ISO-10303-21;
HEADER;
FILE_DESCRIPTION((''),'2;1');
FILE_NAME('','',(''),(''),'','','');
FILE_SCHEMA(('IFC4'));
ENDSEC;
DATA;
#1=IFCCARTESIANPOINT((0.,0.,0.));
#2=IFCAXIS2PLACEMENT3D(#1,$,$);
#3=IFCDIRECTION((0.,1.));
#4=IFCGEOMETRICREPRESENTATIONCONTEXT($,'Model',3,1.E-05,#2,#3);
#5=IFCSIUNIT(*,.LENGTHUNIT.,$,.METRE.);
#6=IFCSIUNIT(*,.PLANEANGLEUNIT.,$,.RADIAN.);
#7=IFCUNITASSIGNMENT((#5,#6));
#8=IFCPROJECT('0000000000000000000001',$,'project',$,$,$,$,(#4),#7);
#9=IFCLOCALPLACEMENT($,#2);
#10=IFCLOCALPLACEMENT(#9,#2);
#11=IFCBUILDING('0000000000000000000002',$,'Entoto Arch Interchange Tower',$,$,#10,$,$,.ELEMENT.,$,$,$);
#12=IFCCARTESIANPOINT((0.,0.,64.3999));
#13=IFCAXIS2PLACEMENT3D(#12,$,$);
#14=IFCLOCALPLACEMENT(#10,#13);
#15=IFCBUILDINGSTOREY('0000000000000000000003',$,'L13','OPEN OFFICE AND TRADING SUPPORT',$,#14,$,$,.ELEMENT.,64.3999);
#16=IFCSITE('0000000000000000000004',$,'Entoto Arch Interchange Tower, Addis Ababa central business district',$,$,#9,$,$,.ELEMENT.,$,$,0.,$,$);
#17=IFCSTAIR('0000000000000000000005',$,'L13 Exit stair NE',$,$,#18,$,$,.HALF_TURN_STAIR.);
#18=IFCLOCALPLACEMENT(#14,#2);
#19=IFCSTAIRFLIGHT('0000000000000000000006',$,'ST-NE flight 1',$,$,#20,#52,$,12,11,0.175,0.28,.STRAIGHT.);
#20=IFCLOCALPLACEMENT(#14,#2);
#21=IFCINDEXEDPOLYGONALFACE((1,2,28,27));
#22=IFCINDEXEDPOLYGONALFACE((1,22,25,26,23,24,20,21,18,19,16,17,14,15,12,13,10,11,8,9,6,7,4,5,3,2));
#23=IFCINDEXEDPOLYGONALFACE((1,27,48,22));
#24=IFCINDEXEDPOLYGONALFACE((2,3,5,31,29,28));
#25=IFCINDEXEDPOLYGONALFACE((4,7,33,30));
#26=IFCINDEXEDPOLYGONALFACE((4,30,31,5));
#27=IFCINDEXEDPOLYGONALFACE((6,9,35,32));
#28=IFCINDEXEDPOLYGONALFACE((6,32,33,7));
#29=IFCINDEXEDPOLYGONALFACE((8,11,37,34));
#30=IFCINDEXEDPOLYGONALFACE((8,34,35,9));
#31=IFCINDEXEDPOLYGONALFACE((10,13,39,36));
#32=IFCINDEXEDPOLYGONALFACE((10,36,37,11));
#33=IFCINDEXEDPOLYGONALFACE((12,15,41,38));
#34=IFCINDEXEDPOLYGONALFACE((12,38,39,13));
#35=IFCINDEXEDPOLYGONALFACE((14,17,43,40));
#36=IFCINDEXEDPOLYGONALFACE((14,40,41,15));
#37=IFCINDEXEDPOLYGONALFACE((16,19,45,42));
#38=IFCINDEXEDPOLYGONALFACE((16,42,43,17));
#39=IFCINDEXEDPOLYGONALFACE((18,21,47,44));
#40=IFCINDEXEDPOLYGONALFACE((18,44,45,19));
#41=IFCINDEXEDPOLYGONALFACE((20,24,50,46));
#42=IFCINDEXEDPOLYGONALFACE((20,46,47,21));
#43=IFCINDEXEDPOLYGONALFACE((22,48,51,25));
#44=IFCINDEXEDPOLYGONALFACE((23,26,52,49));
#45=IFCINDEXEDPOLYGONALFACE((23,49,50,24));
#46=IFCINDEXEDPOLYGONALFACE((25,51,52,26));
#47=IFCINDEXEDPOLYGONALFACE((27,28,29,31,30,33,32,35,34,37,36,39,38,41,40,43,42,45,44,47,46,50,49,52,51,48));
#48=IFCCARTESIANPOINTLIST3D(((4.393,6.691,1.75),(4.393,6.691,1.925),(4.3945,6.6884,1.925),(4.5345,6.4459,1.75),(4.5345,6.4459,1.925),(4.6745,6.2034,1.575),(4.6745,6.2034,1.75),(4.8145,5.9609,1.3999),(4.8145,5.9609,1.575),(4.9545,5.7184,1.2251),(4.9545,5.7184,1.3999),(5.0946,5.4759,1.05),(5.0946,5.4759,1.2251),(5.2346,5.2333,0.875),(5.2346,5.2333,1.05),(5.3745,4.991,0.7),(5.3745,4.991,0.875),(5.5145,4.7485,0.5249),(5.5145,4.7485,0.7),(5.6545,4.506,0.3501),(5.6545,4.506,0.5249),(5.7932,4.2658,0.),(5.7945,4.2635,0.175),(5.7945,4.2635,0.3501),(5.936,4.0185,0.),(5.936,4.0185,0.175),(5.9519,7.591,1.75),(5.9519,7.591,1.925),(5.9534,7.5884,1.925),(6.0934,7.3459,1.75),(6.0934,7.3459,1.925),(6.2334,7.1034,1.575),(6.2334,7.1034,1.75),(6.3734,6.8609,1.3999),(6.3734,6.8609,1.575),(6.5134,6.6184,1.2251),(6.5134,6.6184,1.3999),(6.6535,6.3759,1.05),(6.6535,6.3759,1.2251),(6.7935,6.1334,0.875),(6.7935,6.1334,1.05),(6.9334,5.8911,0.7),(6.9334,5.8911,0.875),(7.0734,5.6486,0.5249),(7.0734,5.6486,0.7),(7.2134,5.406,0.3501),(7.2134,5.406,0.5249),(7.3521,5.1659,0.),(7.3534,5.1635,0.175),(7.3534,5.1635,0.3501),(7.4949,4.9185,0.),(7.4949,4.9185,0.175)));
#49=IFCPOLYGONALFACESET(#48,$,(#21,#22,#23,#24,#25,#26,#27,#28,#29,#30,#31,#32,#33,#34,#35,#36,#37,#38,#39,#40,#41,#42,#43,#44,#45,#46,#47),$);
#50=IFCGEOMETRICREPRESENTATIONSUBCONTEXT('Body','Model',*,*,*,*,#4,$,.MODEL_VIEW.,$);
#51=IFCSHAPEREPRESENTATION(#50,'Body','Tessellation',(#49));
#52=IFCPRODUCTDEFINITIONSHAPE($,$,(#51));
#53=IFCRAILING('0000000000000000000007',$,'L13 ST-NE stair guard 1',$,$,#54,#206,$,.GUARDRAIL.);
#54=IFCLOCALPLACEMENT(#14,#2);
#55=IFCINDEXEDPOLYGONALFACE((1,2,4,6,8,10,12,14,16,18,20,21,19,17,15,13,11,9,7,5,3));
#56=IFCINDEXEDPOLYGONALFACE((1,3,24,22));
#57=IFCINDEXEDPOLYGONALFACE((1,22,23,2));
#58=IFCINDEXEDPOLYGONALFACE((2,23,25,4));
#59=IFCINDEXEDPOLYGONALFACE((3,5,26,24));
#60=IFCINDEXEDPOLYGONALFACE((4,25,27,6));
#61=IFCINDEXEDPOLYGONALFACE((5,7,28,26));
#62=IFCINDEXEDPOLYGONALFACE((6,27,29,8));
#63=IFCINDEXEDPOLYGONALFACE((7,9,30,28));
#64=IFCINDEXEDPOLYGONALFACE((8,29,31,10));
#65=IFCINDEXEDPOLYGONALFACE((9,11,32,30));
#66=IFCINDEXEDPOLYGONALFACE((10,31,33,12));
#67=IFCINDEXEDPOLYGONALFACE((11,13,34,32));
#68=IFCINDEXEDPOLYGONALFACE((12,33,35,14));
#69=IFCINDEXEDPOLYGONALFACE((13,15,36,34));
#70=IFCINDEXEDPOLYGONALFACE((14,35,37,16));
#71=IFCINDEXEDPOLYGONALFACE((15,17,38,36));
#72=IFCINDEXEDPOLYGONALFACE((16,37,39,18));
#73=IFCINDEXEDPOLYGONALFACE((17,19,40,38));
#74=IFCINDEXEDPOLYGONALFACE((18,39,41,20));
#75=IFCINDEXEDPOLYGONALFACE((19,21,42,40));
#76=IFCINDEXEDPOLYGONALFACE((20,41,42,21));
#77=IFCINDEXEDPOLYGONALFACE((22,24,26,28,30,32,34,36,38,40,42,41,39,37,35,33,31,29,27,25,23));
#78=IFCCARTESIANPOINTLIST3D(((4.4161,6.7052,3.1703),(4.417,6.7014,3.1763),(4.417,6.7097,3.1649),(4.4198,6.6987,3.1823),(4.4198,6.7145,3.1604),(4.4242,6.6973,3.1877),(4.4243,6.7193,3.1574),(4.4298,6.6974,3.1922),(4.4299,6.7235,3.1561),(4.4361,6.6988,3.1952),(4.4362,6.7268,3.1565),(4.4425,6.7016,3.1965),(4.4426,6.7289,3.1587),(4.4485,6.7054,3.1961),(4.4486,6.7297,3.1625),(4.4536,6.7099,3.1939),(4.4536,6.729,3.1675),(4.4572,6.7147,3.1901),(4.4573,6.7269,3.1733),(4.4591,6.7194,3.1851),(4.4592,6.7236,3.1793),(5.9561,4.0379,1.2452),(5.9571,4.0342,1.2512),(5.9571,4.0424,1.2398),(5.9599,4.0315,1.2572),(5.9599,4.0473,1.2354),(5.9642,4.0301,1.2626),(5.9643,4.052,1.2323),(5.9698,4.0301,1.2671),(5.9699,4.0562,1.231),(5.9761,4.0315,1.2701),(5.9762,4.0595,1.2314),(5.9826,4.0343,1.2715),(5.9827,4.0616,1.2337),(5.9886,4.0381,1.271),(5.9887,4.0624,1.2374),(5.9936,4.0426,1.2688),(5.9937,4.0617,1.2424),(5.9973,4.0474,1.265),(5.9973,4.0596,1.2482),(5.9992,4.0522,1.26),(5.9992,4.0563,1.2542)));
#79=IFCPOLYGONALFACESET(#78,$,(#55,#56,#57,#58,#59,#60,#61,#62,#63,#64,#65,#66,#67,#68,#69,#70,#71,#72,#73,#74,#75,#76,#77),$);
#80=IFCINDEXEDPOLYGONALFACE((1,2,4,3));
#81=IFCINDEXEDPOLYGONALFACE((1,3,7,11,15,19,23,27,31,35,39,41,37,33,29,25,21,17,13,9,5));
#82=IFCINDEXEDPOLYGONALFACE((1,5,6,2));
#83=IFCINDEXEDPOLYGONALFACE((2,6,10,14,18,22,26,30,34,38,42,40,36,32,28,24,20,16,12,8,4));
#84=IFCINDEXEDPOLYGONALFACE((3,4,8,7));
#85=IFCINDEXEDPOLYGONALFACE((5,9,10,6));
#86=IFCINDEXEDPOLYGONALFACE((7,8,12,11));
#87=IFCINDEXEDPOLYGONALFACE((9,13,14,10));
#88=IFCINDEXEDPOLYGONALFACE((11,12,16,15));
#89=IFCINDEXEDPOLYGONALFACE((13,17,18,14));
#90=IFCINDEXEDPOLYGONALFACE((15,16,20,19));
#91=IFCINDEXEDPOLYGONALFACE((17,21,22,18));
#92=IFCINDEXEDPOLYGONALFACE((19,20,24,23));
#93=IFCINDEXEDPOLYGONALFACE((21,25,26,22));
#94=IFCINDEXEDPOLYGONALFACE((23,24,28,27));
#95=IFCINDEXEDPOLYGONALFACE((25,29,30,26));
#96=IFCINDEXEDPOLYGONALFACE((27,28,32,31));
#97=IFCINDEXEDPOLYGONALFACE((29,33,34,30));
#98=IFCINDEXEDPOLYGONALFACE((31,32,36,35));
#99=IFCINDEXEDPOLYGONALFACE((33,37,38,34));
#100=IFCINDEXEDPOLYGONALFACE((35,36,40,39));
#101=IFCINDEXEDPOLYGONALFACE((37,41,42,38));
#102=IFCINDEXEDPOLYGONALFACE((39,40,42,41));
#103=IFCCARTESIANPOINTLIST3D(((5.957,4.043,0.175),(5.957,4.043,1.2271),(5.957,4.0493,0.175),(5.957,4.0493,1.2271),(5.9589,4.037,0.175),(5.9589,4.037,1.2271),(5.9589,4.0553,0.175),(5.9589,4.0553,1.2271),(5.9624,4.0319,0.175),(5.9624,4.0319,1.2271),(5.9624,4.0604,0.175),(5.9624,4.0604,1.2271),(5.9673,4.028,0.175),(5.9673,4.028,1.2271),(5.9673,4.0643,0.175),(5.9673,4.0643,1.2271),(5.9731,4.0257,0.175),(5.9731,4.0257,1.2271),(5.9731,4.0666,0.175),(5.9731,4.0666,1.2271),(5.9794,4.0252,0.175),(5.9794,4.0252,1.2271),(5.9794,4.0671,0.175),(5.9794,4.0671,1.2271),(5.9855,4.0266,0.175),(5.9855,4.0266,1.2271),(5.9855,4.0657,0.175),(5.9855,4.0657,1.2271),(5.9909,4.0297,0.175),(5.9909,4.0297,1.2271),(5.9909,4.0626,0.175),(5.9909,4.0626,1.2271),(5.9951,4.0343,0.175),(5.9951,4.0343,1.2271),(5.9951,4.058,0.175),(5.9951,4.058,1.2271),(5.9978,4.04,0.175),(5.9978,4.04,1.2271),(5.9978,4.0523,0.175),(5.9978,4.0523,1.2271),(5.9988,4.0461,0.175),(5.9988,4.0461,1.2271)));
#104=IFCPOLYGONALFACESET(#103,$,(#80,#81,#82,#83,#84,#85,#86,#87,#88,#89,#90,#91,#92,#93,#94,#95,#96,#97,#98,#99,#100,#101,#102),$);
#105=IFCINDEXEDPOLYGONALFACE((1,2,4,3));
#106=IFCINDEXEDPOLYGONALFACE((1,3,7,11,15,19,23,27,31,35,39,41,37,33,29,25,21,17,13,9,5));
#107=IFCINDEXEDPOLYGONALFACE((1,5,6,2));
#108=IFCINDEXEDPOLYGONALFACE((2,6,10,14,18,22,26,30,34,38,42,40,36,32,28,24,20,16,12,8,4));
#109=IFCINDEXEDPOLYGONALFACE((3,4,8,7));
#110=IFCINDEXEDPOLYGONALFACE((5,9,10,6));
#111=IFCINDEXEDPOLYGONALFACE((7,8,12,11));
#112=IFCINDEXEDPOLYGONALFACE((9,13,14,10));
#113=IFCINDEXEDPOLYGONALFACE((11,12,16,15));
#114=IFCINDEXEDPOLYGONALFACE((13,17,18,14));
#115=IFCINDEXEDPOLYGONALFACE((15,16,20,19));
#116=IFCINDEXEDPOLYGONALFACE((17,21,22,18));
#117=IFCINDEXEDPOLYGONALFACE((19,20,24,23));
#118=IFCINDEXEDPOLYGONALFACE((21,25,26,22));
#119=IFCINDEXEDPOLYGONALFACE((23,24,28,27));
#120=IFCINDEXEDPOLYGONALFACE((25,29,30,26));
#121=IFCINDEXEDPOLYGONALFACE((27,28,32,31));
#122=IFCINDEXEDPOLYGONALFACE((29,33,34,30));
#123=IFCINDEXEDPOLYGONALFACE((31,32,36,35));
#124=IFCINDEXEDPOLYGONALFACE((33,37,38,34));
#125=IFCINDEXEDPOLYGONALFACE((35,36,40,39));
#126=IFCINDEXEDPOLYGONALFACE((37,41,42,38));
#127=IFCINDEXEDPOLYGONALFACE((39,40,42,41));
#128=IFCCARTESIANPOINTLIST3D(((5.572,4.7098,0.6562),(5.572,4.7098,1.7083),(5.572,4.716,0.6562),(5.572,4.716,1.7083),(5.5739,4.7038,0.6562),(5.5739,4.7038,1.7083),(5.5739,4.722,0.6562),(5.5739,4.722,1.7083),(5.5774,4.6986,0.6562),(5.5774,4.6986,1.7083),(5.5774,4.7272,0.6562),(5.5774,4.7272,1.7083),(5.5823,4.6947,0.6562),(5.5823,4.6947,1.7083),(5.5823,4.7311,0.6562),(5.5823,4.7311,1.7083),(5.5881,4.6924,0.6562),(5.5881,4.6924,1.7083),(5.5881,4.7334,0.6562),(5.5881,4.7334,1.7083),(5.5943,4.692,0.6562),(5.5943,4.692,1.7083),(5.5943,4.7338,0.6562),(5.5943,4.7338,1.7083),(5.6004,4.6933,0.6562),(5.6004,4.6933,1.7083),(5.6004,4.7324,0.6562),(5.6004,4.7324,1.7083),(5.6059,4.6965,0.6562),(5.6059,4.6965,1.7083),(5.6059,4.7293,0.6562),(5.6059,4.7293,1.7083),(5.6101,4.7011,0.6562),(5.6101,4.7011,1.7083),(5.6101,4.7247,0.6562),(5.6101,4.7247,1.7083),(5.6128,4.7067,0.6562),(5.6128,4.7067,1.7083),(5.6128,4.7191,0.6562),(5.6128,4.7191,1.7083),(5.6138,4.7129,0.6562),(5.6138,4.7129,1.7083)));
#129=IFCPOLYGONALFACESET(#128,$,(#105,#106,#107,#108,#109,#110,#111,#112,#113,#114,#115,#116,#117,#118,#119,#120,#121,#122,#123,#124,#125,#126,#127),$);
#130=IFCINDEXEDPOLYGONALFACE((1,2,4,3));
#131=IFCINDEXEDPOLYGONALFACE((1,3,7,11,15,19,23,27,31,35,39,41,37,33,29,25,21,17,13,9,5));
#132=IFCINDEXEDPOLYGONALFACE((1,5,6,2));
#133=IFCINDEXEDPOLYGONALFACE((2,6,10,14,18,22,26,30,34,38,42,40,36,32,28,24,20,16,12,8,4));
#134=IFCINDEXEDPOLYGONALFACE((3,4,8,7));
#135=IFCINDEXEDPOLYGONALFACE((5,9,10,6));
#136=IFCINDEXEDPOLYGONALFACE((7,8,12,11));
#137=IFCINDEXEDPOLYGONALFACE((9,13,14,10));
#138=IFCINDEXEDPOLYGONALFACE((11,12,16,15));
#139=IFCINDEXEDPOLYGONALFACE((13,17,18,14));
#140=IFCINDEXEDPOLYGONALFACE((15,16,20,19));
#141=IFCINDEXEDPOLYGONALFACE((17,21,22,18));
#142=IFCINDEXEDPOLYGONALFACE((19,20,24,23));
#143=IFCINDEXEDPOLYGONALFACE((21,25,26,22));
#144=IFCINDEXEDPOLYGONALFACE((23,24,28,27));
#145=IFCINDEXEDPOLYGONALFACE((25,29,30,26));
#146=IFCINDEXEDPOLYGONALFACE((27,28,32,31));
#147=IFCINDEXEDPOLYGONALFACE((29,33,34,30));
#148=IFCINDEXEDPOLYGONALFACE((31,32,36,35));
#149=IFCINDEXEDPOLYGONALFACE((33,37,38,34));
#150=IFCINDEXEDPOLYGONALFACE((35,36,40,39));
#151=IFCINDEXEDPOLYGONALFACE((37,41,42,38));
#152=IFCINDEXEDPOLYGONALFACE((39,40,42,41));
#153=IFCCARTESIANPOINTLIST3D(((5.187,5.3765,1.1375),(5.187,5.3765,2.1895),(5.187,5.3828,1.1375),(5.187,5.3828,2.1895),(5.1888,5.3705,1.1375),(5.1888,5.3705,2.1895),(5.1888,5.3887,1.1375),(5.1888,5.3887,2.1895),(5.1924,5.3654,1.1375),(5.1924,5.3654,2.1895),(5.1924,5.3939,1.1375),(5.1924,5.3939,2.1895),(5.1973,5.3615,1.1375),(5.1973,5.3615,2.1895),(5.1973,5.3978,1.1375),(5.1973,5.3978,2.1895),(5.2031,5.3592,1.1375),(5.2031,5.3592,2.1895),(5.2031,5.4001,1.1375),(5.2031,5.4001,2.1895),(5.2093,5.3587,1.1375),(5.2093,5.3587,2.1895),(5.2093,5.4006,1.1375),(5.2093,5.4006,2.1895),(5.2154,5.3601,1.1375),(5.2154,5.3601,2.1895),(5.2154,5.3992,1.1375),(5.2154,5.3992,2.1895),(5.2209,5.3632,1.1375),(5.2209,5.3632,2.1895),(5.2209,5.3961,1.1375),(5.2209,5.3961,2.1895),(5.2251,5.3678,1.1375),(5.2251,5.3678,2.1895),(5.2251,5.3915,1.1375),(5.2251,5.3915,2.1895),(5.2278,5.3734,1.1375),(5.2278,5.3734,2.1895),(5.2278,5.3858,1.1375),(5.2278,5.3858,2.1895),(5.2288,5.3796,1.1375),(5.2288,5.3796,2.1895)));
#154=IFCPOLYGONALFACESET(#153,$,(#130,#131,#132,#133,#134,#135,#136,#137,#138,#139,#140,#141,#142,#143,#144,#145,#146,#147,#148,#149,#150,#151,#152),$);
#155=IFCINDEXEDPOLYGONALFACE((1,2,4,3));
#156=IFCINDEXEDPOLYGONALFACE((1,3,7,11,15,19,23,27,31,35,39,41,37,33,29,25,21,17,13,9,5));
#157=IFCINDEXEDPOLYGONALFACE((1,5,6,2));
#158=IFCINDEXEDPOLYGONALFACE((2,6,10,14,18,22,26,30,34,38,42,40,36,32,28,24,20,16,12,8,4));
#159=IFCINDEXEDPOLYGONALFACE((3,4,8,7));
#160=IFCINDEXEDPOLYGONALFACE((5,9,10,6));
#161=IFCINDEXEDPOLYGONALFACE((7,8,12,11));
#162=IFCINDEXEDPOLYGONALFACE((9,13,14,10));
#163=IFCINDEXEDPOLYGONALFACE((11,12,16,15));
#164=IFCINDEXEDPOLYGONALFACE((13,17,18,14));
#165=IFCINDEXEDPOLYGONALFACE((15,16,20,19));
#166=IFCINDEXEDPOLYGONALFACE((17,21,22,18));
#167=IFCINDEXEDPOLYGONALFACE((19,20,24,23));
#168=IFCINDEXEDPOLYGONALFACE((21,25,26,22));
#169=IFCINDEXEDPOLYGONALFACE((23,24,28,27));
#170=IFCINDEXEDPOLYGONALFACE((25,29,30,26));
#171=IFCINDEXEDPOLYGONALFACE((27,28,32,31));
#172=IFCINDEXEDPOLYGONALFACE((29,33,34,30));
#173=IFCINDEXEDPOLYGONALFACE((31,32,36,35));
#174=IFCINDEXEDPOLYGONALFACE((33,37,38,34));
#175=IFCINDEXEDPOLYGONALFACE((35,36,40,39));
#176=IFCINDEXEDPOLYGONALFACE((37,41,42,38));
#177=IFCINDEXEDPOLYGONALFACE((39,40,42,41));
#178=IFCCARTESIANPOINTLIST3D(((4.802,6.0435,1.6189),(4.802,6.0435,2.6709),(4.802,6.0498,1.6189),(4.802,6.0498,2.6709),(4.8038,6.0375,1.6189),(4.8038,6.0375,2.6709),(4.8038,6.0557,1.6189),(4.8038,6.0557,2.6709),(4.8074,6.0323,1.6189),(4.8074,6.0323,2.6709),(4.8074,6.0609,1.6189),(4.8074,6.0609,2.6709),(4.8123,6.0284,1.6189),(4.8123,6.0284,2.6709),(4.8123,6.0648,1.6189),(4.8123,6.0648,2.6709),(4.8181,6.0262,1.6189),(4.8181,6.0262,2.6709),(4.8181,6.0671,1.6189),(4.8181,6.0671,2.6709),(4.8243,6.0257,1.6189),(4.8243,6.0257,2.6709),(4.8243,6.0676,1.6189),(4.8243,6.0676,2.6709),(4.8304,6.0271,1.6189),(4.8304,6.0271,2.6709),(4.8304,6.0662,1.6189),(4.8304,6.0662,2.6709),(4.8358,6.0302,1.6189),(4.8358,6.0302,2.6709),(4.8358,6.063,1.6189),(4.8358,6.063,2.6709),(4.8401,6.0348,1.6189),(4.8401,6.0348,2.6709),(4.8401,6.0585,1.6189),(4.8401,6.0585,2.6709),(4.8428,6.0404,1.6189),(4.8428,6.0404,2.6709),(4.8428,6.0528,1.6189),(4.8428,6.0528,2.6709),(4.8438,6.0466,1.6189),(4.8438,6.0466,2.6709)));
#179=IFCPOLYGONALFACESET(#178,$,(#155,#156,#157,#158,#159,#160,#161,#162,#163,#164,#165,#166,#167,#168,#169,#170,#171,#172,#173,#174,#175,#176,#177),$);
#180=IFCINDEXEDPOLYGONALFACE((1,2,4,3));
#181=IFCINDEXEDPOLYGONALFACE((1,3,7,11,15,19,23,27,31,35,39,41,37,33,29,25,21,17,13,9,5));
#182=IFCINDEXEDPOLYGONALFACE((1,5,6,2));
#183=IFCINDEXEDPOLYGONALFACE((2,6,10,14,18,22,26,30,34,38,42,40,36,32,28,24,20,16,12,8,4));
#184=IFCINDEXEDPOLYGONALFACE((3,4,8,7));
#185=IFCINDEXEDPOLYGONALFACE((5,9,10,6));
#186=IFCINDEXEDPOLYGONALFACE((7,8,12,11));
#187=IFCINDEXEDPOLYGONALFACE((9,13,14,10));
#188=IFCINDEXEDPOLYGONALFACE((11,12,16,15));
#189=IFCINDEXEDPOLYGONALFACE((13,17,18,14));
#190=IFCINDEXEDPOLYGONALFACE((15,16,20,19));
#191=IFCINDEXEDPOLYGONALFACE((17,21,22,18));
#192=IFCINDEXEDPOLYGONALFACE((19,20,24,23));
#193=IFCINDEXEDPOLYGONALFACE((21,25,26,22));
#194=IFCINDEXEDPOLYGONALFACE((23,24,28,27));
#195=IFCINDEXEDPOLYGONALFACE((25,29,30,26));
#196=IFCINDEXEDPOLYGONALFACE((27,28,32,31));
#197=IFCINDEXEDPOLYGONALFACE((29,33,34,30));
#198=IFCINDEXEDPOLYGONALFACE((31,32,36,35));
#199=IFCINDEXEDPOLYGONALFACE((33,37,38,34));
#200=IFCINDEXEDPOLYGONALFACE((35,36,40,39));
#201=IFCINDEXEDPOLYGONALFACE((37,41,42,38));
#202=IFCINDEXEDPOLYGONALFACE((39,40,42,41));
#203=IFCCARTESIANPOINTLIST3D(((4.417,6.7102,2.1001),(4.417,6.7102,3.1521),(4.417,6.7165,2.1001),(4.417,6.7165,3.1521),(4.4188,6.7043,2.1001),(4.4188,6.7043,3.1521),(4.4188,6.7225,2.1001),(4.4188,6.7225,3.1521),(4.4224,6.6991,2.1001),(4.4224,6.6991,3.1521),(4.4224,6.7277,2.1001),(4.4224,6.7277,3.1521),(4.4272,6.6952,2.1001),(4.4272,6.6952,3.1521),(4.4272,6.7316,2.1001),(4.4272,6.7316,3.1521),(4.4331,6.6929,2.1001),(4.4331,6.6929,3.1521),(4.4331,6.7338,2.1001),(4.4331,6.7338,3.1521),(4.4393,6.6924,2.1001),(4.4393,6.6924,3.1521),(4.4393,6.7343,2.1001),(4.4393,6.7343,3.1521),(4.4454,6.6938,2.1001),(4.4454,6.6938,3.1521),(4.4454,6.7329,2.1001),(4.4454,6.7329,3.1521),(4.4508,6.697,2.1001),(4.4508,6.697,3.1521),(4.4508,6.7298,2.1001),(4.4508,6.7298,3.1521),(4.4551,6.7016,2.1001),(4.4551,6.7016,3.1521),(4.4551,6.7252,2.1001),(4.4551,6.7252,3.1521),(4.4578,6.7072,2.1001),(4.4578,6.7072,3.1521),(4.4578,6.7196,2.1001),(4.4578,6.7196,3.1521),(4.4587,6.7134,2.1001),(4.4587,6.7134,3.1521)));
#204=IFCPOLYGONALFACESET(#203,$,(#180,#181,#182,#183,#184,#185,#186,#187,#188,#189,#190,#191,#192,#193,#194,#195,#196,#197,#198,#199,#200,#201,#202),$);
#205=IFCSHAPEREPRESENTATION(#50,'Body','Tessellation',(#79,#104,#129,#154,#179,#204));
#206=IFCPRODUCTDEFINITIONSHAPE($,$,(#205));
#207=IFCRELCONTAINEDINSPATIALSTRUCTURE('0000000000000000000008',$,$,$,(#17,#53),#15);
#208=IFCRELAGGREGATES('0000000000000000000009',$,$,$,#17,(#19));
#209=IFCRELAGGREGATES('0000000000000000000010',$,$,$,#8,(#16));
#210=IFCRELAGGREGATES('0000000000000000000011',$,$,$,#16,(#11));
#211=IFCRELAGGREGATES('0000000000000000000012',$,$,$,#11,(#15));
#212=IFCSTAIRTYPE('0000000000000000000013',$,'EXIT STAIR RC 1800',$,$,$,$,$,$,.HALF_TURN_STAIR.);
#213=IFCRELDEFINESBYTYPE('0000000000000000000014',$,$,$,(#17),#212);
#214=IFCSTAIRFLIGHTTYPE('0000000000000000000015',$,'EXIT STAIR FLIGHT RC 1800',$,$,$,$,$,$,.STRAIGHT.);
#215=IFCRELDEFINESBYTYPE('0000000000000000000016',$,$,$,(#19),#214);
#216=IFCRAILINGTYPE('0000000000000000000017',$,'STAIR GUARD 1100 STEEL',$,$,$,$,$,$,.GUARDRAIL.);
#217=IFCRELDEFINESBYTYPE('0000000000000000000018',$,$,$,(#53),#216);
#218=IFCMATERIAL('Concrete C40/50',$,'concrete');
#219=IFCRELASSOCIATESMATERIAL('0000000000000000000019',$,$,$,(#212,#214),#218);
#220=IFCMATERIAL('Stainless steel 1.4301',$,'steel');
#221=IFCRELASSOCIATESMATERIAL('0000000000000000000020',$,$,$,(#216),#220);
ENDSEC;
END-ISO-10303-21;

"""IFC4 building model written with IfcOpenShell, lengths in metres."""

from ifc_helpers import new_model, si_unit, direction, frame, origin, origin_2d, place, context, subcontext, project, spatial, polyline, circle, outline, extrude, material, type_object, element, aggregate, save


model = new_model("IFC4")

# Units and contexts
model_context = context("Model", 3, precision=1e-05, world=origin(), true_north=direction((0.0, 1.0)))
body_context = subcontext(model_context, "Body", "Model", "MODEL_VIEW")
ifc_project = project(units=[si_unit("LENGTHUNIT", "METRE"), si_unit("PLANEANGLEUNIT", "RADIAN")], contexts=[model_context])

# Site, building, storey
site_placement = place(None, origin())
site = spatial("IfcSite", under=ifc_project, at=site_placement, Name="Entoto Arch Interchange Tower, Addis Ababa central business district", CompositionType="ELEMENT", RefElevation=0.0)
building_placement = place(site_placement, origin())
building = spatial("IfcBuilding", under=site, at=building_placement, Name="Entoto Arch Interchange Tower", CompositionType="ELEMENT")
storey_placement = place(building_placement, frame((0.0, 0.0, 64.3999)))
storey = spatial("IfcBuildingStorey", under=building, at=storey_placement, Name="L13", Description="OPEN OFFICE AND TRADING SUPPORT", CompositionType="ELEMENT", Elevation=64.3999)

# Shared definitions
ifc_material_1 = material(Name="Concrete C40/50", Category="concrete")

# Stair, stair flight
stair_type = type_object("IfcStairType", Name="EXIT STAIR RC 1800", PredefinedType="HALF_TURN_STAIR", material=ifc_material_1)
stair_placement = place(storey_placement, origin())
stair = element("IfcStair", 1, at=stair_placement, inside=storey, type_object=stair_type, Name="L13 Exit stair NE", PredefinedType="HALF_TURN_STAIR")
stair_flight_type = type_object("IfcStairFlightType", Name="EXIT STAIR FLIGHT RC 1800", PredefinedType="STRAIGHT", material=ifc_material_1)
stair_flight_placement = place(storey_placement, frame((6.7139, 4.4709, 0.0), z_axis=(0.0, 0.0, 1.0), x_axis=(-0.5, 0.866025, 0.0)))
stair_flight = element("IfcStairFlight", 2, at=stair_flight_placement, type_object=stair_flight_type, Name="ST-NE flight 1", NumberOfRisers=12, NumberOfTreads=11, PredefinedType="STRAIGHT", RiserHeight=0.175, TreadLength=0.28, context=body_context, shape_type="SweptSolid", body=[
    extrude(outline(polyline([(-0.0029, 0.0), (-0.0029, 0.175), (0.28, 0.175), (0.28, 0.3501), (0.5601, 0.3501), (0.5601, 0.5249), (0.8401, 0.5249), (0.8401, 0.7), (1.1201, 0.7), (1.1201, 0.875), (1.3999, 0.875), (1.3999, 1.05), (1.6799, 1.05), (1.6799, 1.2251), (1.96, 1.2251), (1.96, 1.3999), (2.24, 1.3999), (2.24, 1.575), (2.52, 1.575), (2.52, 1.75), (2.8, 1.75), (2.8, 1.925), (3.0801, 1.925), (3.083, 1.925), (3.083, 1.75), (0.2827, 0.0), (-0.0029, 0.0)])), frame((0.0, 0.8999, 0.0), z_axis=(0.0, -1.0, 0.0), x_axis=(1.0, 0.0, 0.0)), (0.0, 0.0, 1.0), 1.8),
])
aggregate(stair, [stair_flight])

# Railing
ifc_material_2 = material(Name="Stainless steel 1.4301", Category="steel")
railing_type_1 = type_object("IfcRailingType", Name="STAIR GUARD 1100 STEEL", PredefinedType="GUARDRAIL", material=ifc_material_2)
railing_1_placement = place(storey_placement, frame((5.9778, 4.0461, 0.175)))
element("IfcRailing", 3, at=railing_1_placement, inside=storey, type_object=railing_type_1, Name="L13 ST-NE stair guard 1", PredefinedType="GUARDRAIL", context=body_context, shape_type="SweptSolid", body=[
    extrude(circle(Radius=0.0239, at=origin_2d()), frame((0.0, 0.0, 1.0762), z_axis=(-0.424015, 0.734364, 0.530019), x_axis=(-0.86601, -0.500027, 0.0)), (0.0, 0.0, 1.0), 3.6321),
    extrude(circle(Radius=0.021, at=origin_2d()), origin(), (0.0, 0.0, 1.0), 1.052),
    extrude(circle(Radius=0.021, at=origin_2d()), frame((-0.385, 0.6667, 0.4812)), (0.0, 0.0, 1.0), 1.052),
    extrude(circle(Radius=0.021, at=origin_2d()), frame((-0.77, 1.3335, 0.9624)), (0.0, 0.0, 1.0), 1.052),
    extrude(circle(Radius=0.021, at=origin_2d()), frame((-1.155, 2.0005, 1.4438)), (0.0, 0.0, 1.0), 1.052),
    extrude(circle(Radius=0.021, at=origin_2d()), frame((-1.54, 2.6672, 1.925)), (0.0, 0.0, 1.0), 1.052),
])

save(model, "model.ifc")
